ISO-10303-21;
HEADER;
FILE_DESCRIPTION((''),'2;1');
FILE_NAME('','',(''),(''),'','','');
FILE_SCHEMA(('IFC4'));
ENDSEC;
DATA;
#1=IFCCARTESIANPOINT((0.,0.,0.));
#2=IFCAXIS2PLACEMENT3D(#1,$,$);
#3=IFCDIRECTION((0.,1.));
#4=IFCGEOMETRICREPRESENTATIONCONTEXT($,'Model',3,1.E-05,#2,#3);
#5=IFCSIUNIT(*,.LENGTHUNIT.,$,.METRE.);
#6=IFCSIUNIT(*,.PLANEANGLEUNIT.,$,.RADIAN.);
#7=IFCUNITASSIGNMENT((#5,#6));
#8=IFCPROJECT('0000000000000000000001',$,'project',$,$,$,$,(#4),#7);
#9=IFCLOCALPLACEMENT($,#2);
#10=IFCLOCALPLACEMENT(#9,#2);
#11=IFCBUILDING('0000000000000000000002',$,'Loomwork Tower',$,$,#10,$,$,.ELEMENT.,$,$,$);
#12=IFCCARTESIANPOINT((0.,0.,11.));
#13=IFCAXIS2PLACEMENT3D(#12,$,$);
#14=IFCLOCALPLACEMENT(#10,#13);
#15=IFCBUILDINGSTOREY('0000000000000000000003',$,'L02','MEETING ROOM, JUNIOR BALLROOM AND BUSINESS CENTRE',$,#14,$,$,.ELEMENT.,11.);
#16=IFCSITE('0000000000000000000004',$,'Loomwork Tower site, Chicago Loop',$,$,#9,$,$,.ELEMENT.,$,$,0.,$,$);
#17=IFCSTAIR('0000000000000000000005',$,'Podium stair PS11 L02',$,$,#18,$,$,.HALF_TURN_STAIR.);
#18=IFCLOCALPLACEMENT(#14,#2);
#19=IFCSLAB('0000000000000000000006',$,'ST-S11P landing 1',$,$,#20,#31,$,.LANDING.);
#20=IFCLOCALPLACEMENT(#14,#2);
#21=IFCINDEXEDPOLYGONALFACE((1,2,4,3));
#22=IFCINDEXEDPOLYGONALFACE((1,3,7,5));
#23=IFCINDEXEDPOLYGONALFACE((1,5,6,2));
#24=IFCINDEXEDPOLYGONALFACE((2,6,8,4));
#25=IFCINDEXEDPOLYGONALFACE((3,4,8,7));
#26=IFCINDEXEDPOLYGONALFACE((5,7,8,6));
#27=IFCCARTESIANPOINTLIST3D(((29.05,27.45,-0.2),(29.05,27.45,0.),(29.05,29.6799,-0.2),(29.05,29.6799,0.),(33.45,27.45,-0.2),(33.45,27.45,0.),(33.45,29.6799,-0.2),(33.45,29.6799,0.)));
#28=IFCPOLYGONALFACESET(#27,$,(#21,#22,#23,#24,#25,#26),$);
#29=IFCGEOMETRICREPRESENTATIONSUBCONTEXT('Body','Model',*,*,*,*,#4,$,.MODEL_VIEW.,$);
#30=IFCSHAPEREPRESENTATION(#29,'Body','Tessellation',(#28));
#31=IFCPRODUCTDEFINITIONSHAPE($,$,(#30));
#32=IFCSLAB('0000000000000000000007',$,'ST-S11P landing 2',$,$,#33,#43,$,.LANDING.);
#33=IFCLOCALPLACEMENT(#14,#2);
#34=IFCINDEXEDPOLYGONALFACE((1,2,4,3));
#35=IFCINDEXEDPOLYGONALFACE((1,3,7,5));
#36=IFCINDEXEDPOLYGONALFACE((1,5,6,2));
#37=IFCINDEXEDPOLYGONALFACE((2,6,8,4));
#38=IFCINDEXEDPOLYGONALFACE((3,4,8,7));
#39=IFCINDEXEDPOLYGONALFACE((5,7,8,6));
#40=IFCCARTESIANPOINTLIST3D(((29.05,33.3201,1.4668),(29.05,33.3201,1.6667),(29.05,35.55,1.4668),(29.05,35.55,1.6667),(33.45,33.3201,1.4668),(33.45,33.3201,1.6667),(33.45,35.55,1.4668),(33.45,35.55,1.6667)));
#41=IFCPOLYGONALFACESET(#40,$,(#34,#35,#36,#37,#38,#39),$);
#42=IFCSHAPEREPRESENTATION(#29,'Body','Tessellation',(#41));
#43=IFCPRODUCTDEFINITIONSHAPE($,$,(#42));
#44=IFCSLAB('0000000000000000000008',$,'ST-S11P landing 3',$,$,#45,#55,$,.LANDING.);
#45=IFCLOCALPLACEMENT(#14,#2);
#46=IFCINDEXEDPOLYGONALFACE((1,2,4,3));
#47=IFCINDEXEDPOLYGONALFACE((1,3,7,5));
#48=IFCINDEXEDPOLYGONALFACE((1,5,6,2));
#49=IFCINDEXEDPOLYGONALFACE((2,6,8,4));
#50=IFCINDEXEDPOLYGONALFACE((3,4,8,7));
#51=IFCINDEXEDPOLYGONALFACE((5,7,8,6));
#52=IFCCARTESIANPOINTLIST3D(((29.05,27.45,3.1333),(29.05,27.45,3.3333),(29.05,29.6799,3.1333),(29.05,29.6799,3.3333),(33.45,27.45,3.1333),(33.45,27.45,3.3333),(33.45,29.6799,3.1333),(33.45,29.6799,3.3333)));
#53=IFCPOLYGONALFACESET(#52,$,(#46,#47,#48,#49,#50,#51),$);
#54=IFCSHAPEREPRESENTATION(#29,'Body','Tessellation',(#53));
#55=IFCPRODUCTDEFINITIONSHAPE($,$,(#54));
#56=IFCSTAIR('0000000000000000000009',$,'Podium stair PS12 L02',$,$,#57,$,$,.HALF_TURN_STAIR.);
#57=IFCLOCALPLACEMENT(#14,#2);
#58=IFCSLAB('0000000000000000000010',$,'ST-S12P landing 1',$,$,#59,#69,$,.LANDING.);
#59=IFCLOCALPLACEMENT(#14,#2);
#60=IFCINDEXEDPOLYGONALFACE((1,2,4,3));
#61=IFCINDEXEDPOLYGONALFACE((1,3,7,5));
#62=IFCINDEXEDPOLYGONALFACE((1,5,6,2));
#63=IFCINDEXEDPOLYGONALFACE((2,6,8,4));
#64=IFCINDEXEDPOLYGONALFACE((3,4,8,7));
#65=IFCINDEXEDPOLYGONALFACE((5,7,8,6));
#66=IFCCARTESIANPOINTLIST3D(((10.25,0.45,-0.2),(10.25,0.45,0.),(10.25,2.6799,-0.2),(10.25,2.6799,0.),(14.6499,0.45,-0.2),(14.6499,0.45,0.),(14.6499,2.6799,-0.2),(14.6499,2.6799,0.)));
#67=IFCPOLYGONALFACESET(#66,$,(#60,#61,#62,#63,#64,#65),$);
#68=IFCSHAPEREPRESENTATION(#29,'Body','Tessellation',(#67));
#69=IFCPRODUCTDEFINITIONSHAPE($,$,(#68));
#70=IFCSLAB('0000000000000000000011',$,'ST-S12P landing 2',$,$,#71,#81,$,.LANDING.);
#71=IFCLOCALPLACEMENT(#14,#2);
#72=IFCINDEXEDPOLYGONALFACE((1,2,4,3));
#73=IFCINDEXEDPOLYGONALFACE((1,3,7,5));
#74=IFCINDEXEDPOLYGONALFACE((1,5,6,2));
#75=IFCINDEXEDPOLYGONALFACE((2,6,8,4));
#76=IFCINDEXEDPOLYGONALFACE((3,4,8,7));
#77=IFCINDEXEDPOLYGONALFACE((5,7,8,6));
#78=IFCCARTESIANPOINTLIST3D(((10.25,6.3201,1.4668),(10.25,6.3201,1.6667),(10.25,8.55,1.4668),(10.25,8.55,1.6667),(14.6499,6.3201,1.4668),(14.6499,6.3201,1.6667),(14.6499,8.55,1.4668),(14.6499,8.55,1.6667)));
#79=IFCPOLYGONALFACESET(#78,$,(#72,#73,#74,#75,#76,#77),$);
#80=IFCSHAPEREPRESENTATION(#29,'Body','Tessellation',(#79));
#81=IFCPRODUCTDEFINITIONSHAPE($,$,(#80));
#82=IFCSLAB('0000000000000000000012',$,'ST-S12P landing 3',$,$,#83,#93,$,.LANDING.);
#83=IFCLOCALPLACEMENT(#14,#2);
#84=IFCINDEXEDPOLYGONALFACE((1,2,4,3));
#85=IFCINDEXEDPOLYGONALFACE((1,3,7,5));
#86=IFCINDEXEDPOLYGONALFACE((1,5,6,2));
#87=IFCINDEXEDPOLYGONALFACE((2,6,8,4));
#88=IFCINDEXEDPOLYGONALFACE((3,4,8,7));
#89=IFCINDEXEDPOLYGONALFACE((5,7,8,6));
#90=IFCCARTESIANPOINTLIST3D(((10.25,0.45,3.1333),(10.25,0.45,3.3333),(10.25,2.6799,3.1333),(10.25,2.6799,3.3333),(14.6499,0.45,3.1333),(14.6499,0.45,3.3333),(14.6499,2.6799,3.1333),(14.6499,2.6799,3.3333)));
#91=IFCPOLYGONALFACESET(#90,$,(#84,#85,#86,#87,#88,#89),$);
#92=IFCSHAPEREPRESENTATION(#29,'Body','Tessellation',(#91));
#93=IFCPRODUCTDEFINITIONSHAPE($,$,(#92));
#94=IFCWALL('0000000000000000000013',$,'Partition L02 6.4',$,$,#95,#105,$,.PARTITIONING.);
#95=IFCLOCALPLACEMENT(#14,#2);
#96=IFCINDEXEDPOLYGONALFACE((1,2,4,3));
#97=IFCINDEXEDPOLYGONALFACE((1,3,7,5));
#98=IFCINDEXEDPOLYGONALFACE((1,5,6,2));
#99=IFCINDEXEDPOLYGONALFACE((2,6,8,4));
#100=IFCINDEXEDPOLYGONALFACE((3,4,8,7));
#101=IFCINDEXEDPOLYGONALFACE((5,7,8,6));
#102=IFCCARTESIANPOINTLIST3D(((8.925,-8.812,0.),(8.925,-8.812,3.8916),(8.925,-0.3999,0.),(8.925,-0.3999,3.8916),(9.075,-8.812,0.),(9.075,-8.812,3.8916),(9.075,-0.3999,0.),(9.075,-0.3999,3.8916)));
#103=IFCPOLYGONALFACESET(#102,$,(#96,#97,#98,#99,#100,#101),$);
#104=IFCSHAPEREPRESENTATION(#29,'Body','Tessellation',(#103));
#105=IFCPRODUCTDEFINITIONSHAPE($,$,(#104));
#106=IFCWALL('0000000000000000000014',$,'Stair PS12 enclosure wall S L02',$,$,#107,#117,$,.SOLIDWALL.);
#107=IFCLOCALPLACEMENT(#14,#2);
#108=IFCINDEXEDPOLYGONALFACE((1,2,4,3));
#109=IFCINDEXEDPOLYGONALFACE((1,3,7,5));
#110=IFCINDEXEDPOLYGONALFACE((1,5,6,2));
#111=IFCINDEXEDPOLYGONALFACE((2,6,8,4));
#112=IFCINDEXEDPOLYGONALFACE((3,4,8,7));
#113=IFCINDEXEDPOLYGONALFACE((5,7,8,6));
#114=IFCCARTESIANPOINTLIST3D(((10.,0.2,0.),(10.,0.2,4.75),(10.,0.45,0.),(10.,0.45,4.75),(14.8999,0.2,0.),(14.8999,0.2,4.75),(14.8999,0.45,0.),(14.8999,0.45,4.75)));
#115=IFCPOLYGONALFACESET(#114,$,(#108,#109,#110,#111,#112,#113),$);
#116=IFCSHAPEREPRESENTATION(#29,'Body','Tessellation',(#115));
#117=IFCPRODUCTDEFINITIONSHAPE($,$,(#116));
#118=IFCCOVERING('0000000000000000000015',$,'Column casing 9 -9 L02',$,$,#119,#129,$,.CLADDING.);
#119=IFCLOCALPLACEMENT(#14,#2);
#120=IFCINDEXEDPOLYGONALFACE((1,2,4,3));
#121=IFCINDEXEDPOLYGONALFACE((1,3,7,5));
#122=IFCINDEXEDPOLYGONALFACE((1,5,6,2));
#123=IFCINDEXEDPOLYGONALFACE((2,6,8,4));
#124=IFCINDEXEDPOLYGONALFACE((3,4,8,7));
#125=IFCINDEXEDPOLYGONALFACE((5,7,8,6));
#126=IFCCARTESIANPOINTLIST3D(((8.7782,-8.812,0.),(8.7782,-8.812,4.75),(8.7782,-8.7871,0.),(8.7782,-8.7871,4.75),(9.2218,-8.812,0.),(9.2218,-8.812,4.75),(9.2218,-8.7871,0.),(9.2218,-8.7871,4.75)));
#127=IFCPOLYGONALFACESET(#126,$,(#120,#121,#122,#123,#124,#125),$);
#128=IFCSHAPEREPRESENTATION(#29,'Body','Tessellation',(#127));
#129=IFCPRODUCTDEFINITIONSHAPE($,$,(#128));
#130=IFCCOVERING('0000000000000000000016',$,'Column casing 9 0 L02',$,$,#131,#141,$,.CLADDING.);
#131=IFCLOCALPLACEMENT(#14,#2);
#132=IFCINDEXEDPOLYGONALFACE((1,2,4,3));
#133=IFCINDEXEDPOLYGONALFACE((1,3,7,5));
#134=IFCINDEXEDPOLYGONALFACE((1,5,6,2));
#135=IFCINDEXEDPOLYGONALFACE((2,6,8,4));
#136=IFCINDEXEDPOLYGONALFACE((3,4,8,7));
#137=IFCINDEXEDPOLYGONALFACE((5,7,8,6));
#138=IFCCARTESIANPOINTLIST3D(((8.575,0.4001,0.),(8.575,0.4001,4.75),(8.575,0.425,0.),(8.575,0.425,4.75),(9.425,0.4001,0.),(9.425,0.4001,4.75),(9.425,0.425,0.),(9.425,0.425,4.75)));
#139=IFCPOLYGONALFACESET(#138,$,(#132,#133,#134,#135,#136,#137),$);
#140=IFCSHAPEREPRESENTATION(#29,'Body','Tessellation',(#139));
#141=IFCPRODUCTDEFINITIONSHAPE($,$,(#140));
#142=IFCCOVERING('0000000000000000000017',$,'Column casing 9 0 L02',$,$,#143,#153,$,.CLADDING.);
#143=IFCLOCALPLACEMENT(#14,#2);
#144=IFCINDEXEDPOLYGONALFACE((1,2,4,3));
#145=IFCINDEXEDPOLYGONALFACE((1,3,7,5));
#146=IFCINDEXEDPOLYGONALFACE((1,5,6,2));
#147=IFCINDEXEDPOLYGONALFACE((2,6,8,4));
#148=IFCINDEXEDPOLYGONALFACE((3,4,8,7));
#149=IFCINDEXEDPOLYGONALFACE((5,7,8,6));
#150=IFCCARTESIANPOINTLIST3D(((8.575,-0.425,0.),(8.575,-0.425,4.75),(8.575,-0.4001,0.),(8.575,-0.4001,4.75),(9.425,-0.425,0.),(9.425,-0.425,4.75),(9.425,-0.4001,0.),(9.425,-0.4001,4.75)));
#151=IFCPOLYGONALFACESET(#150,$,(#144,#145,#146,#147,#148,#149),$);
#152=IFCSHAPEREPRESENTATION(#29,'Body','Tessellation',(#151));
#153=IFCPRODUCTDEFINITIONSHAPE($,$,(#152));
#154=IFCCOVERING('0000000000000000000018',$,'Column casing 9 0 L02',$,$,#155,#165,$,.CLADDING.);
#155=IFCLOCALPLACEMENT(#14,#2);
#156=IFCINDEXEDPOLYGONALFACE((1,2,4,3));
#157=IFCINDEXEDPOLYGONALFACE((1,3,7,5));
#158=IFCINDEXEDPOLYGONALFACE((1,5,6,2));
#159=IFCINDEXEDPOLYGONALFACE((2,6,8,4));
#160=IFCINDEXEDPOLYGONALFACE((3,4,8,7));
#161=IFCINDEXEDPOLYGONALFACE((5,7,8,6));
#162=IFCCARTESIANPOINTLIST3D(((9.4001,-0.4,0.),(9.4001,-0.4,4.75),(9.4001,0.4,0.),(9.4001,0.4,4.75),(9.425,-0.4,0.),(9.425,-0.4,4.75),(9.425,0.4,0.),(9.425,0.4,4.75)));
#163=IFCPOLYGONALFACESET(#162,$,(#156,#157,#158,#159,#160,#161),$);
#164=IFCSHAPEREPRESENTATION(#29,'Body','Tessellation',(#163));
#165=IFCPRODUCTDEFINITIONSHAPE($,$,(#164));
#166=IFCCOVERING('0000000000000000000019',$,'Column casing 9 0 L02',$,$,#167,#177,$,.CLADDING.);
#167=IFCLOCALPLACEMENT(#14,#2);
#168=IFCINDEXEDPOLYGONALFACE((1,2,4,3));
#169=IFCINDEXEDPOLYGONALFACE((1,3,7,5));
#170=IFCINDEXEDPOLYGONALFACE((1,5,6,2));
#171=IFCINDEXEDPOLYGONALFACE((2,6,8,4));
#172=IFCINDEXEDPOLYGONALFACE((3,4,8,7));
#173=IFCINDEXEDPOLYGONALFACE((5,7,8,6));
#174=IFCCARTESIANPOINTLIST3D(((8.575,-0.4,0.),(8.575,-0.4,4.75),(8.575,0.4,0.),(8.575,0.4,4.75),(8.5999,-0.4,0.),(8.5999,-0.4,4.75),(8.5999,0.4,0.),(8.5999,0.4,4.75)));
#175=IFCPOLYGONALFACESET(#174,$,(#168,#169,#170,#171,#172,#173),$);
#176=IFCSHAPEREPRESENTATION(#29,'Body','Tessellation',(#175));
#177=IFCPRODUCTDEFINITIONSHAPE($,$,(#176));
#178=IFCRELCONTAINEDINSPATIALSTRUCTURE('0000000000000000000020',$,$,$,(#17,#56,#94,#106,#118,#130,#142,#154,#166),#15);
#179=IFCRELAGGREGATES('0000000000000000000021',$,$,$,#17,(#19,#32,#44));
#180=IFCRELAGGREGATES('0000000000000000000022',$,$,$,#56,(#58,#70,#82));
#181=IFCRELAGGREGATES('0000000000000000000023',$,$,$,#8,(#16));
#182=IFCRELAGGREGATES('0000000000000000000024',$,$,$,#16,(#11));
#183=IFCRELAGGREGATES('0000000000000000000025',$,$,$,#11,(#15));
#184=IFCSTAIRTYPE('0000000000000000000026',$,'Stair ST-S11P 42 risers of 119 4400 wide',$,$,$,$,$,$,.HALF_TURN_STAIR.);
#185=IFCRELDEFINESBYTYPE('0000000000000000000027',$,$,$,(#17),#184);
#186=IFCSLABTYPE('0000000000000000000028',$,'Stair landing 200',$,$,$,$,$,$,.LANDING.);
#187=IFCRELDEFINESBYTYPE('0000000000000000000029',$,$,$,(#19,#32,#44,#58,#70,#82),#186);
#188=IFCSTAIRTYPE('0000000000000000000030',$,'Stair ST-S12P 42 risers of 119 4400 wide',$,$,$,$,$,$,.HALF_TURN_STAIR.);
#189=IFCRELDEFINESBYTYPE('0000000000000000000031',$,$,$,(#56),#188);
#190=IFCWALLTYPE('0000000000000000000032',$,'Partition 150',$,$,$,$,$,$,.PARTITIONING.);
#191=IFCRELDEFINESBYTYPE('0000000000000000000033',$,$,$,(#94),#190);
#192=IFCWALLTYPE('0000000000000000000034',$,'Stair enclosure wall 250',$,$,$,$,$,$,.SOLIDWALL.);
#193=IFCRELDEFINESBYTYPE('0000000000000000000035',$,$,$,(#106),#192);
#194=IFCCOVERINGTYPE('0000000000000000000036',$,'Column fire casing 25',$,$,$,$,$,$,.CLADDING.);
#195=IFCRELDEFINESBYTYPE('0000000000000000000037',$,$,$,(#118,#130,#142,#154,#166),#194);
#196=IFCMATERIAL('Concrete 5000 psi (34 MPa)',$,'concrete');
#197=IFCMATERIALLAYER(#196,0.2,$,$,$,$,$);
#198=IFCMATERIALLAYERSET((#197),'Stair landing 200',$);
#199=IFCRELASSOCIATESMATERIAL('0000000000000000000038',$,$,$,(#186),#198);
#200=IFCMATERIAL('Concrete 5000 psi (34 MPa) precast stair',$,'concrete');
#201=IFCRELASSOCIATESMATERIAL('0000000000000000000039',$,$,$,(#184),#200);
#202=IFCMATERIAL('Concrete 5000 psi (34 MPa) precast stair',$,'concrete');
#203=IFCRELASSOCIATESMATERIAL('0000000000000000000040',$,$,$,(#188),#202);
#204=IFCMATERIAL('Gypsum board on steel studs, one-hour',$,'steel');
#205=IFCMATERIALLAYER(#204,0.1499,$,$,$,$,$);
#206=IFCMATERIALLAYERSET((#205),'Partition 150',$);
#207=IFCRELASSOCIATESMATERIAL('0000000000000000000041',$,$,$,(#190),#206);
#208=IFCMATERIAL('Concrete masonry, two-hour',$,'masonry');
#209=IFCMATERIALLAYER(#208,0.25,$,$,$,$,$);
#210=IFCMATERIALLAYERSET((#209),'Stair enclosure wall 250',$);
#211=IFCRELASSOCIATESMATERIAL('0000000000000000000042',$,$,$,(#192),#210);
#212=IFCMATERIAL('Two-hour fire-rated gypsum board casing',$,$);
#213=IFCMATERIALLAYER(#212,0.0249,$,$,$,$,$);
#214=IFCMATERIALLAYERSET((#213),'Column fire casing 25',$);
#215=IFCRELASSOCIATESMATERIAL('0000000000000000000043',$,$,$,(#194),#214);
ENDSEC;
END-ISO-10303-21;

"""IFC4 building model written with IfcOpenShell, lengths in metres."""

from ifc_helpers import new_model, si_unit, direction, frame, frame_2d, origin, origin_2d, place, context, subcontext, project, spatial, polyline, rectangle, outline, extrude, material, layer, layer_set, type_object, element, aggregate, save


model = new_model("IFC4")

# Units and contexts
model_context = context("Model", 3, precision=1e-05, world=origin(), true_north=direction((0.0, 1.0)))
body_context = subcontext(model_context, "Body", "Model", "MODEL_VIEW")
ifc_project = project(units=[si_unit("LENGTHUNIT", "METRE"), si_unit("PLANEANGLEUNIT", "RADIAN")], contexts=[model_context])

# Site, building, storey
site_placement = place(None, origin())
site = spatial("IfcSite", under=ifc_project, at=site_placement, Name="Loomwork Tower site, Chicago Loop", CompositionType="ELEMENT", RefElevation=0.0)
building_placement = place(site_placement, origin())
building = spatial("IfcBuilding", under=site, at=building_placement, Name="Loomwork Tower", CompositionType="ELEMENT")
storey_placement = place(building_placement, frame((0.0, 0.0, 11.0)))
storey = spatial("IfcBuildingStorey", under=building, at=storey_placement, Name="L02", Description="MEETING ROOM, JUNIOR BALLROOM AND BUSINESS CENTRE", CompositionType="ELEMENT", Elevation=11.0)

# Shared definitions
ifc_material_1 = material(Name="Concrete 5000 psi (34 MPa)", Category="concrete")
ifc_layer_1 = layer(ifc_material_1, 0.2)
ifc_layer_set_1 = layer_set([ifc_layer_1], Name="Stair landing 200")
slab_type = type_object("IfcSlabType", Name="Stair landing 200", PredefinedType="LANDING", material=ifc_layer_set_1)

# Stairs, slabs
ifc_material_2 = material(Name="Concrete 5000 psi (34 MPa) precast stair", Category="concrete")
stair_type_1 = type_object("IfcStairType", Name="Stair ST-S11P 42 risers of 119 4400 wide", PredefinedType="HALF_TURN_STAIR", material=ifc_material_2)
stair_1_placement = place(storey_placement, origin())
stair_1 = element("IfcStair", 1, at=stair_1_placement, inside=storey, type_object=stair_type_1, Name="Podium stair PS11 L02", PredefinedType="HALF_TURN_STAIR")
slab_1_placement = place(storey_placement, frame((0.0, 0.0, -0.2)))
slab_1 = element("IfcSlab", 2, at=slab_1_placement, type_object=slab_type, Name="ST-S11P landing 1", PredefinedType="LANDING", context=body_context, shape_type="SweptSolid", body=[
    extrude(outline(polyline([(29.05, 27.45), (33.45, 27.45), (33.45, 29.6799), (29.05, 29.6799), (29.05, 27.45)])), origin(), (0.0, 0.0, 1.0), 0.2),
])
slab_2_placement = place(storey_placement, frame((0.0, 0.0, 1.4668)))
slab_2 = element("IfcSlab", 3, at=slab_2_placement, type_object=slab_type, Name="ST-S11P landing 2", PredefinedType="LANDING", context=body_context, shape_type="SweptSolid", body=[
    extrude(outline(polyline([(29.05, 33.3201), (33.45, 33.3201), (33.45, 35.55), (29.05, 35.55), (29.05, 33.3201)])), origin(), (0.0, 0.0, 1.0), 0.2),
])
slab_3_placement = place(storey_placement, frame((0.0, 0.0, 3.1333)))
slab_3 = element("IfcSlab", 4, at=slab_3_placement, type_object=slab_type, Name="ST-S11P landing 3", PredefinedType="LANDING", context=body_context, shape_type="SweptSolid", body=[
    extrude(outline(polyline([(29.05, 27.45), (33.45, 27.45), (33.45, 29.6799), (29.05, 29.6799), (29.05, 27.45)])), origin(), (0.0, 0.0, 1.0), 0.2),
])
aggregate(stair_1, [slab_1, slab_2, slab_3])
ifc_material_3 = material(Name="Concrete 5000 psi (34 MPa) precast stair", Category="concrete")
stair_type_2 = type_object("IfcStairType", Name="Stair ST-S12P 42 risers of 119 4400 wide", PredefinedType="HALF_TURN_STAIR", material=ifc_material_3)
stair_2_placement = place(storey_placement, origin())
stair_2 = element("IfcStair", 5, at=stair_2_placement, inside=storey, type_object=stair_type_2, Name="Podium stair PS12 L02", PredefinedType="HALF_TURN_STAIR")
slab_4_placement = place(storey_placement, frame((0.0, 0.0, -0.2)))
slab_4 = element("IfcSlab", 6, at=slab_4_placement, type_object=slab_type, Name="ST-S12P landing 1", PredefinedType="LANDING", context=body_context, shape_type="SweptSolid", body=[
    extrude(outline(polyline([(10.25, 0.45), (14.6499, 0.45), (14.6499, 2.6799), (10.25, 2.6799), (10.25, 0.45)])), origin(), (0.0, 0.0, 1.0), 0.2),
])
slab_5_placement = place(storey_placement, frame((0.0, 0.0, 1.4668)))
slab_5 = element("IfcSlab", 7, at=slab_5_placement, type_object=slab_type, Name="ST-S12P landing 2", PredefinedType="LANDING", context=body_context, shape_type="SweptSolid", body=[
    extrude(outline(polyline([(10.25, 6.3201), (14.6499, 6.3201), (14.6499, 8.55), (10.25, 8.55), (10.25, 6.3201)])), origin(), (0.0, 0.0, 1.0), 0.2),
])
slab_6_placement = place(storey_placement, frame((0.0, 0.0, 3.1333)))
slab_6 = element("IfcSlab", 8, at=slab_6_placement, type_object=slab_type, Name="ST-S12P landing 3", PredefinedType="LANDING", context=body_context, shape_type="SweptSolid", body=[
    extrude(outline(polyline([(10.25, 0.45), (14.6499, 0.45), (14.6499, 2.6799), (10.25, 2.6799), (10.25, 0.45)])), origin(), (0.0, 0.0, 1.0), 0.2),
])
aggregate(stair_2, [slab_4, slab_5, slab_6])

# Walls
ifc_material_4 = material(Name="Gypsum board on steel studs, one-hour", Category="steel")
ifc_layer_2 = layer(ifc_material_4, 0.1499)
ifc_layer_set_2 = layer_set([ifc_layer_2], Name="Partition 150")
wall_type_1 = type_object("IfcWallType", Name="Partition 150", PredefinedType="PARTITIONING", material=ifc_layer_set_2)
wall_1_placement = place(storey_placement, frame((9.0, -0.3999, 0.0), z_axis=(0.0, 0.0, 1.0), x_axis=(0.0, -1.0, 0.0)))
element("IfcWall", 9, at=wall_1_placement, inside=storey, type_object=wall_type_1, Name="Partition L02 6.4", PredefinedType="PARTITIONING", context=body_context, shape_type="SweptSolid", body=[
    extrude(rectangle(XDim=8.4121, YDim=0.1499, at=frame_2d((4.2061, 0.0))), origin(), (0.0, 0.0, 1.0), 3.8916),
])
ifc_material_5 = material(Name="Concrete masonry, two-hour", Category="masonry")
ifc_layer_3 = layer(ifc_material_5, 0.25)
ifc_layer_set_3 = layer_set([ifc_layer_3], Name="Stair enclosure wall 250")
wall_type_2 = type_object("IfcWallType", Name="Stair enclosure wall 250", PredefinedType="SOLIDWALL", material=ifc_layer_set_3)
wall_2_placement = place(storey_placement, frame((10.0, 0.325, 0.0), z_axis=(0.0, 0.0, 1.0), x_axis=(1.0, 0.0, 0.0)))
element("IfcWall", 10, at=wall_2_placement, inside=storey, type_object=wall_type_2, Name="Stair PS12 enclosure wall S L02", PredefinedType="SOLIDWALL", context=body_context, shape_type="SweptSolid", body=[
    extrude(rectangle(XDim=4.8999, YDim=0.25, at=frame_2d((2.45, 0.0))), origin(), (0.0, 0.0, 1.0), 4.75),
])

# Coverings
ifc_material_6 = material(Name="Two-hour fire-rated gypsum board casing")
ifc_layer_4 = layer(ifc_material_6, 0.0249)
ifc_layer_set_4 = layer_set([ifc_layer_4], Name="Column fire casing 25")
covering_type = type_object("IfcCoveringType", Name="Column fire casing 25", PredefinedType="CLADDING", material=ifc_layer_set_4)
covering_placement = place(storey_placement, frame((9.0, -8.7996, 0.0), z_axis=(0.0, 0.0, 1.0), x_axis=(1.0, 0.0, 0.0)))
element("IfcCovering", 11, at=covering_placement, inside=storey, type_object=covering_type, Name="Column casing 9 -9 L02", PredefinedType="CLADDING", context=body_context, shape_type="SweptSolid", body=[
    extrude(rectangle(XDim=0.4436, YDim=0.0249, at=origin_2d()), origin(), (0.0, 0.0, 1.0), 4.75),
])
for number, where, z_axis, x_axis, name in (
    (12, (9.0, 0.4126, 0.0), (0.0, 0.0, 1.0), (1.0, 0.0, 0.0), "Column casing 9 0 L02"),
    (13, (9.0, -0.4126, 0.0), (0.0, 0.0, 1.0), (1.0, 0.0, 0.0), "Column casing 9 0 L02"),
):
    element("IfcCovering", number, at=place(storey_placement, frame(where, z_axis=z_axis, x_axis=x_axis)), inside=storey, type_object=covering_type, Name=name, PredefinedType="CLADDING", context=body_context, shape_type="SweptSolid", body=[
        extrude(rectangle(XDim=0.8501, YDim=0.0249, at=origin_2d()), origin(), (0.0, 0.0, 1.0), 4.75),
    ])
for number, where, z_axis, x_axis, name in (
    (14, (9.4126, 0.0, 0.0), (0.0, 0.0, 1.0), (1.0, 0.0, 0.0), "Column casing 9 0 L02"),
    (15, (8.5874, 0.0, 0.0), (0.0, 0.0, 1.0), (1.0, 0.0, 0.0), "Column casing 9 0 L02"),
):
    element("IfcCovering", number, at=place(storey_placement, frame(where, z_axis=z_axis, x_axis=x_axis)), inside=storey, type_object=covering_type, Name=name, PredefinedType="CLADDING", context=body_context, shape_type="SweptSolid", body=[
        extrude(rectangle(XDim=0.0249, YDim=0.8, at=origin_2d()), origin(), (0.0, 0.0, 1.0), 4.75),
    ])

save(model, "model.ifc")
